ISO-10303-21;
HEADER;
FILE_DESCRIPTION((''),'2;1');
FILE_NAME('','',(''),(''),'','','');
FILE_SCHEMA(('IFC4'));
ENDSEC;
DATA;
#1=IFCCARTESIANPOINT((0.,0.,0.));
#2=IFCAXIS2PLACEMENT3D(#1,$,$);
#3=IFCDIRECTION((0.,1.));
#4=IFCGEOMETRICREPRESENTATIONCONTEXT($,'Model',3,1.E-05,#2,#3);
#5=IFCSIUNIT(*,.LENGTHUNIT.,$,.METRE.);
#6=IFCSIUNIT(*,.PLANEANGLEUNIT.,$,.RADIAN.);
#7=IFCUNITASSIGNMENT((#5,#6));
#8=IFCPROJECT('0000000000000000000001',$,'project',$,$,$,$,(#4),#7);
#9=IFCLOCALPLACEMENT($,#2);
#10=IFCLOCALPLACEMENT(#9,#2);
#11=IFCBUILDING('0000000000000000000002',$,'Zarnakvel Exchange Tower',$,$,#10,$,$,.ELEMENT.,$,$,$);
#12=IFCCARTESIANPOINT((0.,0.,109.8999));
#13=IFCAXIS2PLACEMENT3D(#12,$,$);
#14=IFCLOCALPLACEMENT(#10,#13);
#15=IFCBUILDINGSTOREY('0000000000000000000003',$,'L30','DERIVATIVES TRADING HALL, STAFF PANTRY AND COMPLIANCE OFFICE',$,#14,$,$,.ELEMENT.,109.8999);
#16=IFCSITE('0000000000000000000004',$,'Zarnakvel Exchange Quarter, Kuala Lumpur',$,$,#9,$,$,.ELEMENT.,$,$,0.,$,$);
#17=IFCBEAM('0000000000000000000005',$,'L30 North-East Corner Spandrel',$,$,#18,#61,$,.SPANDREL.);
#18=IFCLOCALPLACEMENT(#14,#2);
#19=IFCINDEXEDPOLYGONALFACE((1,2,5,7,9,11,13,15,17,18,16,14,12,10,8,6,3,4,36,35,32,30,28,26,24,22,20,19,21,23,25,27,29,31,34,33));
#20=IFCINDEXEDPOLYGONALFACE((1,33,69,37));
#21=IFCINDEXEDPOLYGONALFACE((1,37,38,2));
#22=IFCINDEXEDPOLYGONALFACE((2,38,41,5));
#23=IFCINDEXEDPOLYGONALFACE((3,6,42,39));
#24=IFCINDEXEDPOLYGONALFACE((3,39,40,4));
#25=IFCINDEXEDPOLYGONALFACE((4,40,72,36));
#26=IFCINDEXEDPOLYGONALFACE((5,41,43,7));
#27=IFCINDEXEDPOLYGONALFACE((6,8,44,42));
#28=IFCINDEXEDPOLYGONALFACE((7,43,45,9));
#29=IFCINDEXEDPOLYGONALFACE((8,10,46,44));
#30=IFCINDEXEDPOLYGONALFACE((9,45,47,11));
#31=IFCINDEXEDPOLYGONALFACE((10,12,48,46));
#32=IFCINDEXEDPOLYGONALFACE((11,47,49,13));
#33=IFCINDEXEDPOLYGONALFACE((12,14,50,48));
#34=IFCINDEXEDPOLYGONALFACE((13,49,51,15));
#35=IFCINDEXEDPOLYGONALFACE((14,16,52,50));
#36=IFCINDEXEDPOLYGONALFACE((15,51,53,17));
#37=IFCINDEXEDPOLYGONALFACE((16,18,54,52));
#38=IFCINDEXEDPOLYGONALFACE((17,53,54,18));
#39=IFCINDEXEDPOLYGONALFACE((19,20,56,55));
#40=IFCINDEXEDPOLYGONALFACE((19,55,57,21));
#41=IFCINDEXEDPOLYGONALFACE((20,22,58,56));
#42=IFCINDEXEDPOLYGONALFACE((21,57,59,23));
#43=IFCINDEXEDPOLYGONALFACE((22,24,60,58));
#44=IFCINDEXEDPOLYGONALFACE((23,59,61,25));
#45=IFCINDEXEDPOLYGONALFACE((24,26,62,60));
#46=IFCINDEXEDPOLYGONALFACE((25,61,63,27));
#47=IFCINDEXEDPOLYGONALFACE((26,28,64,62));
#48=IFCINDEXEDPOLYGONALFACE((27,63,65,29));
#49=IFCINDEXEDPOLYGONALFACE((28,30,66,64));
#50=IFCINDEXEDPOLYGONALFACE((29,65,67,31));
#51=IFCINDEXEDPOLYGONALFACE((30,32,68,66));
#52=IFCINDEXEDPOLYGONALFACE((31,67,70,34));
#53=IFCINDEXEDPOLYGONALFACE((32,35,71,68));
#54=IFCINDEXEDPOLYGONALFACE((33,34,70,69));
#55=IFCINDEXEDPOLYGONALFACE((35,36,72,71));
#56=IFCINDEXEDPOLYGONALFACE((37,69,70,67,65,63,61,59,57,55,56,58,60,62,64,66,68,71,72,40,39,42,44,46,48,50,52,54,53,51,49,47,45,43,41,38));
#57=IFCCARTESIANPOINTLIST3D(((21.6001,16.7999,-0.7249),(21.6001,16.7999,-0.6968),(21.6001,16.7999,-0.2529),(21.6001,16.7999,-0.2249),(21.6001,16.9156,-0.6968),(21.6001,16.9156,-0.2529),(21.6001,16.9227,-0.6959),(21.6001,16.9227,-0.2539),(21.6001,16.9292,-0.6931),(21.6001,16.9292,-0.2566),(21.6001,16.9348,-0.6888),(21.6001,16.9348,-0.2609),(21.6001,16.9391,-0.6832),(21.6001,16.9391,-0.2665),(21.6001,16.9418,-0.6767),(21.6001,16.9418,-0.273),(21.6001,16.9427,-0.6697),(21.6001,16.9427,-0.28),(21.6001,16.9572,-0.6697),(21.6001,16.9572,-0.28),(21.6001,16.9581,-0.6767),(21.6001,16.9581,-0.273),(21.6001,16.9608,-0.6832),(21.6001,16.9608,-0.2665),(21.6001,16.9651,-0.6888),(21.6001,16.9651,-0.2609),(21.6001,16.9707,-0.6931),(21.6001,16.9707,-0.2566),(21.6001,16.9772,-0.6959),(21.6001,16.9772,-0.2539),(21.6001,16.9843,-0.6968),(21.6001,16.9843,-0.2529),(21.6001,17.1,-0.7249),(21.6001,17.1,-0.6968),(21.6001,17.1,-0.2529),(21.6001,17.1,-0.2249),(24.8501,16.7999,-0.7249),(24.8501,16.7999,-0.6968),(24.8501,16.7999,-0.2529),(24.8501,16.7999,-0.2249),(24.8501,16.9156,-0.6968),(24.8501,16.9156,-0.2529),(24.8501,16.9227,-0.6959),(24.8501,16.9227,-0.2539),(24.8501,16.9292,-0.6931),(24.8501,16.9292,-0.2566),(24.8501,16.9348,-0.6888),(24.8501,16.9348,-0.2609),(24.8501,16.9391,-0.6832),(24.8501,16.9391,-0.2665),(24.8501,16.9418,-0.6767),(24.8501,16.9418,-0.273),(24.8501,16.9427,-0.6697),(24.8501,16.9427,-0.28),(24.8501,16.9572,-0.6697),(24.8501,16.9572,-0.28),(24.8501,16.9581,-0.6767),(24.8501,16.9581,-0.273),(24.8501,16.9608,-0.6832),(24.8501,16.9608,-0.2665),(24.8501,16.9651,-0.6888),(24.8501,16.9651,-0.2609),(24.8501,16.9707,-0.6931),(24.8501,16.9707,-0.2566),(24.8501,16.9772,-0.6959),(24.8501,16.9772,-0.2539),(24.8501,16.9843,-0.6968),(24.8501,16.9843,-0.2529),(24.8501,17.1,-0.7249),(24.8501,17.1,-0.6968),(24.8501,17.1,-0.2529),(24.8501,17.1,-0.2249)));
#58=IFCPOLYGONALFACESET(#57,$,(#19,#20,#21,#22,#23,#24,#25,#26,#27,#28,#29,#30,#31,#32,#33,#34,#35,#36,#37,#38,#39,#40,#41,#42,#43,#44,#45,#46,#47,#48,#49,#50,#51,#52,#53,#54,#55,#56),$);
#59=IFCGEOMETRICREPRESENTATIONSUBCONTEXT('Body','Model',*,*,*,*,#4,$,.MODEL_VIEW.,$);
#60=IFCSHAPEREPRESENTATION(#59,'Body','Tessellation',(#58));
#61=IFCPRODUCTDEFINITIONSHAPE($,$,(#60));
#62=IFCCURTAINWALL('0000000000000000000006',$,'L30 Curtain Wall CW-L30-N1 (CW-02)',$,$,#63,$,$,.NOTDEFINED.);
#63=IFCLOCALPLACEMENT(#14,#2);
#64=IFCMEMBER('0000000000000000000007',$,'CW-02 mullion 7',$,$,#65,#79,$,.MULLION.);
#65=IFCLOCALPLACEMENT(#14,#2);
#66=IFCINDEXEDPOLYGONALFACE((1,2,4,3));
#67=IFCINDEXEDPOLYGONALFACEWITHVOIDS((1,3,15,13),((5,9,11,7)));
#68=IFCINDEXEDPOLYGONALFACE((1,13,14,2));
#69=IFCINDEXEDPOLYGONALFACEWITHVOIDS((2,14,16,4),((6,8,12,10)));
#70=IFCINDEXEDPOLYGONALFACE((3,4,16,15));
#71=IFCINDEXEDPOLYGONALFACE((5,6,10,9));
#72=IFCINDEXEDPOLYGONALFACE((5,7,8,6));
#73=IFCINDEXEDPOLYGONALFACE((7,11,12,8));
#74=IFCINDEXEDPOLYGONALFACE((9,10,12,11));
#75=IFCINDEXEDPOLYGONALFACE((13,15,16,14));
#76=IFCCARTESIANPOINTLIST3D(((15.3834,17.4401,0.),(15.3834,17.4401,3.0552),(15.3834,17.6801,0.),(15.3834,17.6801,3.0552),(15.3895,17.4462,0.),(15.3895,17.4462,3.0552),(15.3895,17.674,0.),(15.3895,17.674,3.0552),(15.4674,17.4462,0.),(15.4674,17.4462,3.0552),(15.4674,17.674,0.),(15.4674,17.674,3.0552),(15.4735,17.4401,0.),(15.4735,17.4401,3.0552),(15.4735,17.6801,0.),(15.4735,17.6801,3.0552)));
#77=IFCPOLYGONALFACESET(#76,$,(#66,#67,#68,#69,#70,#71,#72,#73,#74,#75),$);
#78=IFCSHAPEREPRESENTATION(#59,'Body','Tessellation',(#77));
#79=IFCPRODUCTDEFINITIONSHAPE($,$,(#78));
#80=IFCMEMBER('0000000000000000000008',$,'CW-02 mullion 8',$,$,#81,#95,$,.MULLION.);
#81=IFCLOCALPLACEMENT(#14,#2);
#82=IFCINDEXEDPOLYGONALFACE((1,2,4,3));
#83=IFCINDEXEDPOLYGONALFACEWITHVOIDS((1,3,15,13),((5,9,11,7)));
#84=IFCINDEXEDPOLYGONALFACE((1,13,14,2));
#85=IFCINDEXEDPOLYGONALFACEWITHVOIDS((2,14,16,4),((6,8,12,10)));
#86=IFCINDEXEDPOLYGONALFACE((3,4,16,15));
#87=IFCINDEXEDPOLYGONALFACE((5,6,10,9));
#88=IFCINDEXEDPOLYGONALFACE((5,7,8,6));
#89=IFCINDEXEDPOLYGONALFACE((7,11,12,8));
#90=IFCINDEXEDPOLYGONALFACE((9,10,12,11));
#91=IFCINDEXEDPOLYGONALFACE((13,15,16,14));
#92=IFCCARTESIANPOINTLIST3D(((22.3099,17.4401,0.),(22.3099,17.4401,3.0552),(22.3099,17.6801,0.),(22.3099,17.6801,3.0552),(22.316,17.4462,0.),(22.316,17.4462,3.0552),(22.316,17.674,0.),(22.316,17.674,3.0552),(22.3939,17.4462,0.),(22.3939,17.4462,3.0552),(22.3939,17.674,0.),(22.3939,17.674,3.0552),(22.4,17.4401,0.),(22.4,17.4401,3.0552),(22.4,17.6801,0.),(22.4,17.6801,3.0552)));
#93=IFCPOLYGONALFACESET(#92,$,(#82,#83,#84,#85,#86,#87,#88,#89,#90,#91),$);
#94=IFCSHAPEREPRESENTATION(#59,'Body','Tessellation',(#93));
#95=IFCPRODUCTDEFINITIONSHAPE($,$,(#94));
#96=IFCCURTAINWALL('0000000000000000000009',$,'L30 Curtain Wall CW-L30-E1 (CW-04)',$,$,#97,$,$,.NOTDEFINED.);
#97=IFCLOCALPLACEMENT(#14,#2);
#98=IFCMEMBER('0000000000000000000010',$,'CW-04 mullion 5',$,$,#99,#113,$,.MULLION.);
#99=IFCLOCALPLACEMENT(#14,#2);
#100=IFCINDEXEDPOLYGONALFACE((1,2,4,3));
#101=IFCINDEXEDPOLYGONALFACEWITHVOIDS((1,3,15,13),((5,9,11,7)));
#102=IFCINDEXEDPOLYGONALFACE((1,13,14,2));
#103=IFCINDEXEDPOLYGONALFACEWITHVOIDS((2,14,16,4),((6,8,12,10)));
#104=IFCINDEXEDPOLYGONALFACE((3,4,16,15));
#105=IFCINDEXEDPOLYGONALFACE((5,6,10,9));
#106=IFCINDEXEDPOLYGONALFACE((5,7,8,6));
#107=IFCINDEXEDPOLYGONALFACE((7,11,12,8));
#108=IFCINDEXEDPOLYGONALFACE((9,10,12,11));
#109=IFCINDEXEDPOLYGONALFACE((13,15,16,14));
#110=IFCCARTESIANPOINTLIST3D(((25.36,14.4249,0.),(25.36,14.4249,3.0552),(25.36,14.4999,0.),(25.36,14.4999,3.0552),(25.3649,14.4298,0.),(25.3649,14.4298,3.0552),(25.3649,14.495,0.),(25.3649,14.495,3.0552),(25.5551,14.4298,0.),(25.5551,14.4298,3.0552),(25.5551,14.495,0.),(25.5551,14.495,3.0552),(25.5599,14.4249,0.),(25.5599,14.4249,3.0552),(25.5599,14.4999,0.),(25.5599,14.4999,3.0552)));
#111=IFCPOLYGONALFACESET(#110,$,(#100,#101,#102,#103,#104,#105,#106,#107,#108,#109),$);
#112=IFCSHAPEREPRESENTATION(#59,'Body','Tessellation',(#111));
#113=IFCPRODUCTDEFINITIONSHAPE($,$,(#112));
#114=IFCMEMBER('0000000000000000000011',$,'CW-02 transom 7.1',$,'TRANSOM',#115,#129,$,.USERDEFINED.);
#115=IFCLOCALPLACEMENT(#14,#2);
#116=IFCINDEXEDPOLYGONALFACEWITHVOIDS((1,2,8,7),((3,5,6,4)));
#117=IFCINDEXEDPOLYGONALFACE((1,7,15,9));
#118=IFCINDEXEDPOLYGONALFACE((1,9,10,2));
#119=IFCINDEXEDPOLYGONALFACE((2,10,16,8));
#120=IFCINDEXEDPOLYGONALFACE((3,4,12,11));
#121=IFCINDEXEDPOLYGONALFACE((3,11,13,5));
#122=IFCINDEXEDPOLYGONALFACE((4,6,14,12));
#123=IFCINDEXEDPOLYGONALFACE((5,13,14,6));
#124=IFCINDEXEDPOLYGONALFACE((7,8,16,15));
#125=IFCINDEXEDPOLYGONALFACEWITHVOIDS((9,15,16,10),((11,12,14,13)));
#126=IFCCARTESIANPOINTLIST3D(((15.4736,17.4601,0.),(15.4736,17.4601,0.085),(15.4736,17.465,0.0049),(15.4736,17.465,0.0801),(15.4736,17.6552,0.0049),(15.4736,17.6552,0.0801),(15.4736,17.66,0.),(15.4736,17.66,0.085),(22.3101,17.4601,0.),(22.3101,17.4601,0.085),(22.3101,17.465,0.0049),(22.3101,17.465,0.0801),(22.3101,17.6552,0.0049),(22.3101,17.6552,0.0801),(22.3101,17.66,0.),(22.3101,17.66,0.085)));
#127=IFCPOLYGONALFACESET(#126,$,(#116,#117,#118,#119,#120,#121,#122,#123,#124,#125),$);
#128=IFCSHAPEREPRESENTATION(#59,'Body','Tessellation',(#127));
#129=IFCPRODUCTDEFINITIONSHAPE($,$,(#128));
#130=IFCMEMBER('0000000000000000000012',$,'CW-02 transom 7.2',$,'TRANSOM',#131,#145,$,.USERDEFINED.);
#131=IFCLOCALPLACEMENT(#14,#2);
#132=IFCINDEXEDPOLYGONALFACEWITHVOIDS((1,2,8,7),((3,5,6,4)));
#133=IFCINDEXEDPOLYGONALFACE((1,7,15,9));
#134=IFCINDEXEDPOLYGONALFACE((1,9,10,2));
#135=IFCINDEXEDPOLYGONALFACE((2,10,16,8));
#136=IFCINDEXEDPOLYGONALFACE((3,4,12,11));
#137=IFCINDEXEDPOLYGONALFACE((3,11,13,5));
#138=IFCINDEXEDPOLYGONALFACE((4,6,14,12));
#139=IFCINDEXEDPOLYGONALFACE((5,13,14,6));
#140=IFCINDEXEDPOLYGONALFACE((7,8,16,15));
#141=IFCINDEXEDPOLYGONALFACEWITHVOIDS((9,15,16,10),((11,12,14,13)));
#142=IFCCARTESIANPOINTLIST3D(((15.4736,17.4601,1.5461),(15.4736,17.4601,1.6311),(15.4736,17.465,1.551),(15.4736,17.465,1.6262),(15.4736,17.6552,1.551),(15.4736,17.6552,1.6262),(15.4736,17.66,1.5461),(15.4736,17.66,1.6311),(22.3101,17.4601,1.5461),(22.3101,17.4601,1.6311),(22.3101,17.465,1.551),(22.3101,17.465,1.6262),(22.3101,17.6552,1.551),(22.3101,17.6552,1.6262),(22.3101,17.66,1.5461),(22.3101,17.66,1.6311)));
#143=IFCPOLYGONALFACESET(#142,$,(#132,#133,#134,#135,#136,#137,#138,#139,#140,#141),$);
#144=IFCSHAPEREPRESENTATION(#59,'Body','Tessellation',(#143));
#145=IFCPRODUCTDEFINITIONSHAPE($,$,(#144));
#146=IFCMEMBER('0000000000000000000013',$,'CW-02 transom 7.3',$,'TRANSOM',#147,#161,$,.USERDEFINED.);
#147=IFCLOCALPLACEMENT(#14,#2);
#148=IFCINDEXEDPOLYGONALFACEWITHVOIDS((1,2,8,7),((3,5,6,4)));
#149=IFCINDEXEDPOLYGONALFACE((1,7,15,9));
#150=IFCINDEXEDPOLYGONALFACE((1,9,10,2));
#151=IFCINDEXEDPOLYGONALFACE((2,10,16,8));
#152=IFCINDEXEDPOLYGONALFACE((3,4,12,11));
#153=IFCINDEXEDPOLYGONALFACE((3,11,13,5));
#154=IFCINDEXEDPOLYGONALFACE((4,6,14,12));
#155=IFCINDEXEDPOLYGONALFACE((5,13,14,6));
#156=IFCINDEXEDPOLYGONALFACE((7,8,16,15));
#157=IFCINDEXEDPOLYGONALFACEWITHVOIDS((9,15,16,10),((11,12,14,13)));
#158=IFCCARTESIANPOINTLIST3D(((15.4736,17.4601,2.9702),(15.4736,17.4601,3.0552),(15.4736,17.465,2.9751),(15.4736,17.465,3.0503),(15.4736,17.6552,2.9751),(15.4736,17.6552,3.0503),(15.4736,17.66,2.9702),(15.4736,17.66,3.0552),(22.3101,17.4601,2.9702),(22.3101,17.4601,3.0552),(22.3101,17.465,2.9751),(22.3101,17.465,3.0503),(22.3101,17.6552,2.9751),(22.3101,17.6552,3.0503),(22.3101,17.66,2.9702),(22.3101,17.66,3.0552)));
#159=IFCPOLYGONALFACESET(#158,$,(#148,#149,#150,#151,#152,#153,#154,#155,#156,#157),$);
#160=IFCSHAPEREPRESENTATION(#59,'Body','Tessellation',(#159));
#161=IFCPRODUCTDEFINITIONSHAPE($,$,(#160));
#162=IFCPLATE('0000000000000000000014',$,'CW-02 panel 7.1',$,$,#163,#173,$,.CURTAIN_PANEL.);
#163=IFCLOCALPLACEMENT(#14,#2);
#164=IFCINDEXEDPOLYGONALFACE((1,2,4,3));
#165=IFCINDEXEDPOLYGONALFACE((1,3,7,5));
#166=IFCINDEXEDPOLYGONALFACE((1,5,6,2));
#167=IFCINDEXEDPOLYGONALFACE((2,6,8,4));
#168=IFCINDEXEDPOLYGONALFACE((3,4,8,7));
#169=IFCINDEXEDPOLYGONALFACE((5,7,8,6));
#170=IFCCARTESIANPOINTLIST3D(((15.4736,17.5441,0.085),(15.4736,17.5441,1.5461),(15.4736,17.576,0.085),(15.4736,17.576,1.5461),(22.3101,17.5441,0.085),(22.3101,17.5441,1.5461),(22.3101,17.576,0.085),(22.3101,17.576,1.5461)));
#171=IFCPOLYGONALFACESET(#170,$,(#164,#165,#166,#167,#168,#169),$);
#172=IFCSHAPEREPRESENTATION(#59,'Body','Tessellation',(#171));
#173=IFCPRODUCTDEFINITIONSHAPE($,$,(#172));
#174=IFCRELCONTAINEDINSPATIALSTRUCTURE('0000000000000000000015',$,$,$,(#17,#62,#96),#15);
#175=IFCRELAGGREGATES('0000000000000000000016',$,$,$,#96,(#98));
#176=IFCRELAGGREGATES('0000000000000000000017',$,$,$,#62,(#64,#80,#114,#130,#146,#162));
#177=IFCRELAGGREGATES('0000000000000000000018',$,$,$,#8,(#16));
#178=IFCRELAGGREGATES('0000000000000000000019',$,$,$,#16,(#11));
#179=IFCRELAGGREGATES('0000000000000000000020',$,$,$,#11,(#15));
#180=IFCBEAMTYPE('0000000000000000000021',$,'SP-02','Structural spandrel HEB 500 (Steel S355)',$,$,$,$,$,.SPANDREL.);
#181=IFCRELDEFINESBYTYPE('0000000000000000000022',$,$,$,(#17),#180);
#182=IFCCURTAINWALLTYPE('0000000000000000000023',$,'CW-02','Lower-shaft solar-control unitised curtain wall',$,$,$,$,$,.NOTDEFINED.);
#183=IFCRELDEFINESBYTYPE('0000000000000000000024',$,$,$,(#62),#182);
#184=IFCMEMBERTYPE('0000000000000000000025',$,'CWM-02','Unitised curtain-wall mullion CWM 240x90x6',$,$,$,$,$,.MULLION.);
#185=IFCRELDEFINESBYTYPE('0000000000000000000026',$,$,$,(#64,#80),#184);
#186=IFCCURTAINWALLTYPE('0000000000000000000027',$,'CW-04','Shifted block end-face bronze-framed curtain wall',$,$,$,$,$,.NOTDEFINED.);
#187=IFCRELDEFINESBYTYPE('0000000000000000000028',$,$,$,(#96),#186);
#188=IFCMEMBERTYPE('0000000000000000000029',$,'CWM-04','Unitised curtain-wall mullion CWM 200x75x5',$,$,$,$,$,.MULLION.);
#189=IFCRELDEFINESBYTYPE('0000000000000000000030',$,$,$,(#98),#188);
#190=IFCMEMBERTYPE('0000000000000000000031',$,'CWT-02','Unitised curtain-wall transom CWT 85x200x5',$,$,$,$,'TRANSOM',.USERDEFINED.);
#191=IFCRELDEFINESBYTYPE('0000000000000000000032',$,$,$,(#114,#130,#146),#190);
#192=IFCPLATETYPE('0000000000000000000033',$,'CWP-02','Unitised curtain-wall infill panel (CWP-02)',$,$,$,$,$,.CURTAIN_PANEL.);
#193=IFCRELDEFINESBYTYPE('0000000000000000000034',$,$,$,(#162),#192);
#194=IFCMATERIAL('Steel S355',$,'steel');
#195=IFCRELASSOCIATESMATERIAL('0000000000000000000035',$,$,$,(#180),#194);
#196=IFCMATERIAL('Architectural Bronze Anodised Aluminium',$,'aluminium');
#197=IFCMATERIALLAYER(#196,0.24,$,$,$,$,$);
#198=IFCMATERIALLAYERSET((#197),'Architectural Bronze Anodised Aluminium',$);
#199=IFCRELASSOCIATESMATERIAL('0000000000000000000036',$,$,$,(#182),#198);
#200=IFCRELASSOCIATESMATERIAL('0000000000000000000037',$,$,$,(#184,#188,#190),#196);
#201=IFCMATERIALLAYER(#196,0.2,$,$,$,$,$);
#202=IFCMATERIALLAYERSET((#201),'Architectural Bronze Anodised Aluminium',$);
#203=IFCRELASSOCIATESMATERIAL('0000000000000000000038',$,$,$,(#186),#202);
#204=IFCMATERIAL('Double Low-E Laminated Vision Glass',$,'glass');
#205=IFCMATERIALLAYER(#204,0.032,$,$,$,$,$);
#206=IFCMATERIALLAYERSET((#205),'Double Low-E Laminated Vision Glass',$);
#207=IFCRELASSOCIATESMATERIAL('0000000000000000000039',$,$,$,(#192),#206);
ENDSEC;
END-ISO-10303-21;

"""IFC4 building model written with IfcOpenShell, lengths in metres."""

from ifc_helpers import new_model, si_unit, direction, frame, origin, origin_2d, place, context, subcontext, project, spatial, rectangle, hollow_rectangle, i_section, extrude, source, transform, mapped, material, layer, layer_set, material_profile, profile_set, type_object, element, aggregate, save


model = new_model("IFC4")

# Units and contexts
model_context = context("Model", 3, precision=1e-05, world=origin(), true_north=direction((0.0, 1.0)))
body_context = subcontext(model_context, "Body", "Model", "MODEL_VIEW")
ifc_project = project(units=[si_unit("LENGTHUNIT", "METRE"), si_unit("PLANEANGLEUNIT", "RADIAN")], contexts=[model_context])

# Site, building, storey
site_placement = place(None, origin())
site = spatial("IfcSite", under=ifc_project, at=site_placement, Name="Zarnakvel Exchange Quarter, Kuala Lumpur", CompositionType="ELEMENT", RefElevation=0.0)
building_placement = place(site_placement, origin())
building = spatial("IfcBuilding", under=site, at=building_placement, Name="Zarnakvel Exchange Tower", CompositionType="ELEMENT")
storey_placement = place(building_placement, frame((0.0, 0.0, 109.8999)))
storey = spatial("IfcBuildingStorey", under=building, at=storey_placement, Name="L30", Description="DERIVATIVES TRADING HALL, STAFF PANTRY AND COMPLIANCE OFFICE", CompositionType="ELEMENT", Elevation=109.8999)

# Shared definitions
ifc_material_1 = material(Name="Steel S355", Category="steel")

# Beam
ifc_material_profile_1 = material_profile(ifc_material_1, i_section(OverallWidth=0.3, OverallDepth=0.5, WebThickness=0.0144, FlangeThickness=0.0281, FilletRadius=0.0271, at=origin_2d()))
ifc_profile_set_1 = profile_set([ifc_material_profile_1], Name="Steel S355")
beam_type_1 = type_object("IfcBeamType", Name="SP-02", Description="Structural spandrel HEB 500 (Steel S355)", PredefinedType="SPANDREL", material=ifc_profile_set_1)
beam_1_placement = place(storey_placement, frame((21.6001, 16.95, -0.4749), z_axis=(1.0, 0.0, 0.0), x_axis=(0.0, 1.0, 0.0)))
element("IfcBeam", 1, at=beam_1_placement, inside=storey, type_object=beam_type_1, Name="L30 North-East Corner Spandrel", PredefinedType="SPANDREL", context=body_context, shape_type="SweptSolid", body=[
    extrude(i_section(OverallWidth=0.3, OverallDepth=0.5, WebThickness=0.0144, FlangeThickness=0.0281, FilletRadius=0.0271, at=origin_2d()), origin(), (0.0, 0.0, 1.0), 3.25),
])

# Curtain wall, members
ifc_material_2 = material(Name="Architectural Bronze Anodised Aluminium", Category="aluminium")
ifc_layer_1 = layer(ifc_material_2, 0.24)
ifc_layer_set_1 = layer_set([ifc_layer_1], Name="Architectural Bronze Anodised Aluminium")
curtain_wall_type_1 = type_object("IfcCurtainWallType", Name="CW-02", Description="Lower-shaft solar-control unitised curtain wall", PredefinedType="NOTDEFINED", material=ifc_layer_set_1)
curtain_wall_1_placement = place(storey_placement, origin())
curtain_wall_1 = element("IfcCurtainWall", 2, at=curtain_wall_1_placement, inside=storey, type_object=curtain_wall_type_1, Name="L30 Curtain Wall CW-L30-N1 (CW-02)", PredefinedType="NOTDEFINED")
ifc_material_profile_2 = material_profile(ifc_material_2, hollow_rectangle(XDim=0.24, YDim=0.0901, WallThickness=0.0061, at=origin_2d()))
ifc_profile_set_2 = profile_set([ifc_material_profile_2], Name="Architectural Bronze Anodised Aluminium")
member_type_1 = type_object("IfcMemberType", Name="CWM-02", Description="Unitised curtain-wall mullion CWM 240x90x6", PredefinedType="MULLION", material=ifc_profile_set_2)
shared_shape_1 = source(origin(), body_context, "Body", "SweptSolid", [
    extrude(hollow_rectangle(XDim=0.24, YDim=0.0901, WallThickness=0.0061, at=origin_2d()), origin(), (0.0, 0.0, 1.0), 3.0552),
])
member_1_placement = place(storey_placement, frame((15.4285, 17.5601, 0.0), z_axis=(0.0, 0.0, 1.0), x_axis=(0.0, 1.0, 0.0)))
member_1 = element("IfcMember", 3, at=member_1_placement, type_object=member_type_1, Name="CW-02 mullion 7", PredefinedType="MULLION", context=body_context, shape_type="MappedRepresentation", body=[
    mapped(shared_shape_1, transform((0.0, 0.0, 0.0), x_axis=(1.0, 0.0, 0.0), y_axis=(0.0, 1.0, 0.0), z_axis=(0.0, 0.0, 1.0), scale=1.0)),
])
member_2_placement = place(storey_placement, frame((22.355, 17.5601, 0.0), z_axis=(0.0, 0.0, 1.0), x_axis=(0.0, 1.0, 0.0)))
member_2 = element("IfcMember", 4, at=member_2_placement, type_object=member_type_1, Name="CW-02 mullion 8", PredefinedType="MULLION", context=body_context, shape_type="MappedRepresentation", body=[
    mapped(shared_shape_1, transform((0.0, 0.0, 0.0), x_axis=(1.0, 0.0, 0.0), y_axis=(0.0, 1.0, 0.0), z_axis=(0.0, 0.0, 1.0), scale=1.0)),
])

# Curtain wall, member
ifc_layer_2 = layer(ifc_material_2, 0.2)
ifc_layer_set_2 = layer_set([ifc_layer_2], Name="Architectural Bronze Anodised Aluminium")
curtain_wall_type_2 = type_object("IfcCurtainWallType", Name="CW-04", Description="Shifted block end-face bronze-framed curtain wall", PredefinedType="NOTDEFINED", material=ifc_layer_set_2)
curtain_wall_2_placement = place(storey_placement, origin())
curtain_wall_2 = element("IfcCurtainWall", 5, at=curtain_wall_2_placement, inside=storey, type_object=curtain_wall_type_2, Name="L30 Curtain Wall CW-L30-E1 (CW-04)", PredefinedType="NOTDEFINED")
ifc_material_profile_3 = material_profile(ifc_material_2, hollow_rectangle(XDim=0.2, YDim=0.075, WallThickness=0.0049, at=origin_2d()))
ifc_profile_set_3 = profile_set([ifc_material_profile_3], Name="Architectural Bronze Anodised Aluminium")
member_type_2 = type_object("IfcMemberType", Name="CWM-04", Description="Unitised curtain-wall mullion CWM 200x75x5", PredefinedType="MULLION", material=ifc_profile_set_3)
shared_shape_2 = source(origin(), body_context, "Body", "SweptSolid", [
    extrude(hollow_rectangle(XDim=0.2, YDim=0.075, WallThickness=0.0049, at=origin_2d()), origin(), (0.0, 0.0, 1.0), 3.0552),
])
member_3_placement = place(storey_placement, frame((25.46, 14.4624, 0.0), z_axis=(0.0, 0.0, 1.0), x_axis=(-1.0, 0.0, 0.0)))
member_3 = element("IfcMember", 6, at=member_3_placement, type_object=member_type_2, Name="CW-04 mullion 5", PredefinedType="MULLION", context=body_context, shape_type="MappedRepresentation", body=[
    mapped(shared_shape_2, transform((0.0, 0.0, 0.0), x_axis=(1.0, 0.0, 0.0), y_axis=(0.0, 1.0, 0.0), z_axis=(0.0, 0.0, 1.0), scale=1.0)),
])
aggregate(curtain_wall_2, [member_3])

# Members
ifc_material_profile_4 = material_profile(ifc_material_2, hollow_rectangle(XDim=0.2, YDim=0.085, WallThickness=0.0049, at=origin_2d()))
ifc_profile_set_4 = profile_set([ifc_material_profile_4], Name="Architectural Bronze Anodised Aluminium")
member_type_3 = type_object("IfcMemberType", Name="CWT-02", Description="Unitised curtain-wall transom CWT 85x200x5", ElementType="TRANSOM", PredefinedType="USERDEFINED", material=ifc_profile_set_4)
shared_shape_3 = source(origin(), body_context, "Body", "SweptSolid", [
    extrude(hollow_rectangle(XDim=0.2, YDim=0.085, WallThickness=0.0049, at=origin_2d()), origin(), (0.0, 0.0, 1.0), 6.8364),
])
member_4_placement = place(storey_placement, frame((15.4736, 17.5601, 0.0425), z_axis=(1.0, 0.0, 0.0), x_axis=(0.0, 1.0, 0.0)))
member_4 = element("IfcMember", 7, at=member_4_placement, type_object=member_type_3, Name="CW-02 transom 7.1", ObjectType="TRANSOM", PredefinedType="USERDEFINED", context=body_context, shape_type="MappedRepresentation", body=[
    mapped(shared_shape_3, transform((0.0, 0.0, 0.0), x_axis=(1.0, 0.0, 0.0), y_axis=(0.0, 1.0, 0.0), z_axis=(0.0, 0.0, 1.0), scale=1.0)),
])
member_5_placement = place(storey_placement, frame((15.4736, 17.5601, 1.5886), z_axis=(1.0, 0.0, 0.0), x_axis=(0.0, 1.0, 0.0)))
member_5 = element("IfcMember", 8, at=member_5_placement, type_object=member_type_3, Name="CW-02 transom 7.2", ObjectType="TRANSOM", PredefinedType="USERDEFINED", context=body_context, shape_type="MappedRepresentation", body=[
    mapped(shared_shape_3, transform((0.0, 0.0, 0.0), x_axis=(1.0, 0.0, 0.0), y_axis=(0.0, 1.0, 0.0), z_axis=(0.0, 0.0, 1.0), scale=1.0)),
])
member_6_placement = place(storey_placement, frame((15.4736, 17.5601, 3.0127), z_axis=(1.0, 0.0, 0.0), x_axis=(0.0, 1.0, 0.0)))
member_6 = element("IfcMember", 9, at=member_6_placement, type_object=member_type_3, Name="CW-02 transom 7.3", ObjectType="TRANSOM", PredefinedType="USERDEFINED", context=body_context, shape_type="MappedRepresentation", body=[
    mapped(shared_shape_3, transform((0.0, 0.0, 0.0), x_axis=(1.0, 0.0, 0.0), y_axis=(0.0, 1.0, 0.0), z_axis=(0.0, 0.0, 1.0), scale=1.0)),
])

# Plate
ifc_material_3 = material(Name="Double Low-E Laminated Vision Glass", Category="glass")
ifc_layer_3 = layer(ifc_material_3, 0.032)
ifc_layer_set_3 = layer_set([ifc_layer_3], Name="Double Low-E Laminated Vision Glass")
plate_type = type_object("IfcPlateType", Name="CWP-02", Description="Unitised curtain-wall infill panel (CWP-02)", PredefinedType="CURTAIN_PANEL", material=ifc_layer_set_3)
shared_shape_4 = source(origin(), body_context, "Body", "SweptSolid", [
    extrude(rectangle(XDim=6.8364, YDim=0.032, at=origin_2d()), origin(), (0.0, 0.0, 1.0), 1.4612),
])
plate_1_placement = place(storey_placement, frame((18.8918, 17.5601, 0.085), z_axis=(0.0, 0.0, 1.0), x_axis=(1.0, 0.0, 0.0)))
plate_1 = element("IfcPlate", 10, at=plate_1_placement, type_object=plate_type, Name="CW-02 panel 7.1", PredefinedType="CURTAIN_PANEL", context=body_context, shape_type="MappedRepresentation", body=[
    mapped(shared_shape_4, transform((0.0, 0.0, 0.0), x_axis=(1.0, 0.0, 0.0), y_axis=(0.0, 1.0, 0.0), z_axis=(0.0, 0.0, 1.0), scale=1.0)),
])
aggregate(curtain_wall_1, [member_1, member_2, member_4, member_5, member_6, plate_1])

save(model, "model.ifc")
